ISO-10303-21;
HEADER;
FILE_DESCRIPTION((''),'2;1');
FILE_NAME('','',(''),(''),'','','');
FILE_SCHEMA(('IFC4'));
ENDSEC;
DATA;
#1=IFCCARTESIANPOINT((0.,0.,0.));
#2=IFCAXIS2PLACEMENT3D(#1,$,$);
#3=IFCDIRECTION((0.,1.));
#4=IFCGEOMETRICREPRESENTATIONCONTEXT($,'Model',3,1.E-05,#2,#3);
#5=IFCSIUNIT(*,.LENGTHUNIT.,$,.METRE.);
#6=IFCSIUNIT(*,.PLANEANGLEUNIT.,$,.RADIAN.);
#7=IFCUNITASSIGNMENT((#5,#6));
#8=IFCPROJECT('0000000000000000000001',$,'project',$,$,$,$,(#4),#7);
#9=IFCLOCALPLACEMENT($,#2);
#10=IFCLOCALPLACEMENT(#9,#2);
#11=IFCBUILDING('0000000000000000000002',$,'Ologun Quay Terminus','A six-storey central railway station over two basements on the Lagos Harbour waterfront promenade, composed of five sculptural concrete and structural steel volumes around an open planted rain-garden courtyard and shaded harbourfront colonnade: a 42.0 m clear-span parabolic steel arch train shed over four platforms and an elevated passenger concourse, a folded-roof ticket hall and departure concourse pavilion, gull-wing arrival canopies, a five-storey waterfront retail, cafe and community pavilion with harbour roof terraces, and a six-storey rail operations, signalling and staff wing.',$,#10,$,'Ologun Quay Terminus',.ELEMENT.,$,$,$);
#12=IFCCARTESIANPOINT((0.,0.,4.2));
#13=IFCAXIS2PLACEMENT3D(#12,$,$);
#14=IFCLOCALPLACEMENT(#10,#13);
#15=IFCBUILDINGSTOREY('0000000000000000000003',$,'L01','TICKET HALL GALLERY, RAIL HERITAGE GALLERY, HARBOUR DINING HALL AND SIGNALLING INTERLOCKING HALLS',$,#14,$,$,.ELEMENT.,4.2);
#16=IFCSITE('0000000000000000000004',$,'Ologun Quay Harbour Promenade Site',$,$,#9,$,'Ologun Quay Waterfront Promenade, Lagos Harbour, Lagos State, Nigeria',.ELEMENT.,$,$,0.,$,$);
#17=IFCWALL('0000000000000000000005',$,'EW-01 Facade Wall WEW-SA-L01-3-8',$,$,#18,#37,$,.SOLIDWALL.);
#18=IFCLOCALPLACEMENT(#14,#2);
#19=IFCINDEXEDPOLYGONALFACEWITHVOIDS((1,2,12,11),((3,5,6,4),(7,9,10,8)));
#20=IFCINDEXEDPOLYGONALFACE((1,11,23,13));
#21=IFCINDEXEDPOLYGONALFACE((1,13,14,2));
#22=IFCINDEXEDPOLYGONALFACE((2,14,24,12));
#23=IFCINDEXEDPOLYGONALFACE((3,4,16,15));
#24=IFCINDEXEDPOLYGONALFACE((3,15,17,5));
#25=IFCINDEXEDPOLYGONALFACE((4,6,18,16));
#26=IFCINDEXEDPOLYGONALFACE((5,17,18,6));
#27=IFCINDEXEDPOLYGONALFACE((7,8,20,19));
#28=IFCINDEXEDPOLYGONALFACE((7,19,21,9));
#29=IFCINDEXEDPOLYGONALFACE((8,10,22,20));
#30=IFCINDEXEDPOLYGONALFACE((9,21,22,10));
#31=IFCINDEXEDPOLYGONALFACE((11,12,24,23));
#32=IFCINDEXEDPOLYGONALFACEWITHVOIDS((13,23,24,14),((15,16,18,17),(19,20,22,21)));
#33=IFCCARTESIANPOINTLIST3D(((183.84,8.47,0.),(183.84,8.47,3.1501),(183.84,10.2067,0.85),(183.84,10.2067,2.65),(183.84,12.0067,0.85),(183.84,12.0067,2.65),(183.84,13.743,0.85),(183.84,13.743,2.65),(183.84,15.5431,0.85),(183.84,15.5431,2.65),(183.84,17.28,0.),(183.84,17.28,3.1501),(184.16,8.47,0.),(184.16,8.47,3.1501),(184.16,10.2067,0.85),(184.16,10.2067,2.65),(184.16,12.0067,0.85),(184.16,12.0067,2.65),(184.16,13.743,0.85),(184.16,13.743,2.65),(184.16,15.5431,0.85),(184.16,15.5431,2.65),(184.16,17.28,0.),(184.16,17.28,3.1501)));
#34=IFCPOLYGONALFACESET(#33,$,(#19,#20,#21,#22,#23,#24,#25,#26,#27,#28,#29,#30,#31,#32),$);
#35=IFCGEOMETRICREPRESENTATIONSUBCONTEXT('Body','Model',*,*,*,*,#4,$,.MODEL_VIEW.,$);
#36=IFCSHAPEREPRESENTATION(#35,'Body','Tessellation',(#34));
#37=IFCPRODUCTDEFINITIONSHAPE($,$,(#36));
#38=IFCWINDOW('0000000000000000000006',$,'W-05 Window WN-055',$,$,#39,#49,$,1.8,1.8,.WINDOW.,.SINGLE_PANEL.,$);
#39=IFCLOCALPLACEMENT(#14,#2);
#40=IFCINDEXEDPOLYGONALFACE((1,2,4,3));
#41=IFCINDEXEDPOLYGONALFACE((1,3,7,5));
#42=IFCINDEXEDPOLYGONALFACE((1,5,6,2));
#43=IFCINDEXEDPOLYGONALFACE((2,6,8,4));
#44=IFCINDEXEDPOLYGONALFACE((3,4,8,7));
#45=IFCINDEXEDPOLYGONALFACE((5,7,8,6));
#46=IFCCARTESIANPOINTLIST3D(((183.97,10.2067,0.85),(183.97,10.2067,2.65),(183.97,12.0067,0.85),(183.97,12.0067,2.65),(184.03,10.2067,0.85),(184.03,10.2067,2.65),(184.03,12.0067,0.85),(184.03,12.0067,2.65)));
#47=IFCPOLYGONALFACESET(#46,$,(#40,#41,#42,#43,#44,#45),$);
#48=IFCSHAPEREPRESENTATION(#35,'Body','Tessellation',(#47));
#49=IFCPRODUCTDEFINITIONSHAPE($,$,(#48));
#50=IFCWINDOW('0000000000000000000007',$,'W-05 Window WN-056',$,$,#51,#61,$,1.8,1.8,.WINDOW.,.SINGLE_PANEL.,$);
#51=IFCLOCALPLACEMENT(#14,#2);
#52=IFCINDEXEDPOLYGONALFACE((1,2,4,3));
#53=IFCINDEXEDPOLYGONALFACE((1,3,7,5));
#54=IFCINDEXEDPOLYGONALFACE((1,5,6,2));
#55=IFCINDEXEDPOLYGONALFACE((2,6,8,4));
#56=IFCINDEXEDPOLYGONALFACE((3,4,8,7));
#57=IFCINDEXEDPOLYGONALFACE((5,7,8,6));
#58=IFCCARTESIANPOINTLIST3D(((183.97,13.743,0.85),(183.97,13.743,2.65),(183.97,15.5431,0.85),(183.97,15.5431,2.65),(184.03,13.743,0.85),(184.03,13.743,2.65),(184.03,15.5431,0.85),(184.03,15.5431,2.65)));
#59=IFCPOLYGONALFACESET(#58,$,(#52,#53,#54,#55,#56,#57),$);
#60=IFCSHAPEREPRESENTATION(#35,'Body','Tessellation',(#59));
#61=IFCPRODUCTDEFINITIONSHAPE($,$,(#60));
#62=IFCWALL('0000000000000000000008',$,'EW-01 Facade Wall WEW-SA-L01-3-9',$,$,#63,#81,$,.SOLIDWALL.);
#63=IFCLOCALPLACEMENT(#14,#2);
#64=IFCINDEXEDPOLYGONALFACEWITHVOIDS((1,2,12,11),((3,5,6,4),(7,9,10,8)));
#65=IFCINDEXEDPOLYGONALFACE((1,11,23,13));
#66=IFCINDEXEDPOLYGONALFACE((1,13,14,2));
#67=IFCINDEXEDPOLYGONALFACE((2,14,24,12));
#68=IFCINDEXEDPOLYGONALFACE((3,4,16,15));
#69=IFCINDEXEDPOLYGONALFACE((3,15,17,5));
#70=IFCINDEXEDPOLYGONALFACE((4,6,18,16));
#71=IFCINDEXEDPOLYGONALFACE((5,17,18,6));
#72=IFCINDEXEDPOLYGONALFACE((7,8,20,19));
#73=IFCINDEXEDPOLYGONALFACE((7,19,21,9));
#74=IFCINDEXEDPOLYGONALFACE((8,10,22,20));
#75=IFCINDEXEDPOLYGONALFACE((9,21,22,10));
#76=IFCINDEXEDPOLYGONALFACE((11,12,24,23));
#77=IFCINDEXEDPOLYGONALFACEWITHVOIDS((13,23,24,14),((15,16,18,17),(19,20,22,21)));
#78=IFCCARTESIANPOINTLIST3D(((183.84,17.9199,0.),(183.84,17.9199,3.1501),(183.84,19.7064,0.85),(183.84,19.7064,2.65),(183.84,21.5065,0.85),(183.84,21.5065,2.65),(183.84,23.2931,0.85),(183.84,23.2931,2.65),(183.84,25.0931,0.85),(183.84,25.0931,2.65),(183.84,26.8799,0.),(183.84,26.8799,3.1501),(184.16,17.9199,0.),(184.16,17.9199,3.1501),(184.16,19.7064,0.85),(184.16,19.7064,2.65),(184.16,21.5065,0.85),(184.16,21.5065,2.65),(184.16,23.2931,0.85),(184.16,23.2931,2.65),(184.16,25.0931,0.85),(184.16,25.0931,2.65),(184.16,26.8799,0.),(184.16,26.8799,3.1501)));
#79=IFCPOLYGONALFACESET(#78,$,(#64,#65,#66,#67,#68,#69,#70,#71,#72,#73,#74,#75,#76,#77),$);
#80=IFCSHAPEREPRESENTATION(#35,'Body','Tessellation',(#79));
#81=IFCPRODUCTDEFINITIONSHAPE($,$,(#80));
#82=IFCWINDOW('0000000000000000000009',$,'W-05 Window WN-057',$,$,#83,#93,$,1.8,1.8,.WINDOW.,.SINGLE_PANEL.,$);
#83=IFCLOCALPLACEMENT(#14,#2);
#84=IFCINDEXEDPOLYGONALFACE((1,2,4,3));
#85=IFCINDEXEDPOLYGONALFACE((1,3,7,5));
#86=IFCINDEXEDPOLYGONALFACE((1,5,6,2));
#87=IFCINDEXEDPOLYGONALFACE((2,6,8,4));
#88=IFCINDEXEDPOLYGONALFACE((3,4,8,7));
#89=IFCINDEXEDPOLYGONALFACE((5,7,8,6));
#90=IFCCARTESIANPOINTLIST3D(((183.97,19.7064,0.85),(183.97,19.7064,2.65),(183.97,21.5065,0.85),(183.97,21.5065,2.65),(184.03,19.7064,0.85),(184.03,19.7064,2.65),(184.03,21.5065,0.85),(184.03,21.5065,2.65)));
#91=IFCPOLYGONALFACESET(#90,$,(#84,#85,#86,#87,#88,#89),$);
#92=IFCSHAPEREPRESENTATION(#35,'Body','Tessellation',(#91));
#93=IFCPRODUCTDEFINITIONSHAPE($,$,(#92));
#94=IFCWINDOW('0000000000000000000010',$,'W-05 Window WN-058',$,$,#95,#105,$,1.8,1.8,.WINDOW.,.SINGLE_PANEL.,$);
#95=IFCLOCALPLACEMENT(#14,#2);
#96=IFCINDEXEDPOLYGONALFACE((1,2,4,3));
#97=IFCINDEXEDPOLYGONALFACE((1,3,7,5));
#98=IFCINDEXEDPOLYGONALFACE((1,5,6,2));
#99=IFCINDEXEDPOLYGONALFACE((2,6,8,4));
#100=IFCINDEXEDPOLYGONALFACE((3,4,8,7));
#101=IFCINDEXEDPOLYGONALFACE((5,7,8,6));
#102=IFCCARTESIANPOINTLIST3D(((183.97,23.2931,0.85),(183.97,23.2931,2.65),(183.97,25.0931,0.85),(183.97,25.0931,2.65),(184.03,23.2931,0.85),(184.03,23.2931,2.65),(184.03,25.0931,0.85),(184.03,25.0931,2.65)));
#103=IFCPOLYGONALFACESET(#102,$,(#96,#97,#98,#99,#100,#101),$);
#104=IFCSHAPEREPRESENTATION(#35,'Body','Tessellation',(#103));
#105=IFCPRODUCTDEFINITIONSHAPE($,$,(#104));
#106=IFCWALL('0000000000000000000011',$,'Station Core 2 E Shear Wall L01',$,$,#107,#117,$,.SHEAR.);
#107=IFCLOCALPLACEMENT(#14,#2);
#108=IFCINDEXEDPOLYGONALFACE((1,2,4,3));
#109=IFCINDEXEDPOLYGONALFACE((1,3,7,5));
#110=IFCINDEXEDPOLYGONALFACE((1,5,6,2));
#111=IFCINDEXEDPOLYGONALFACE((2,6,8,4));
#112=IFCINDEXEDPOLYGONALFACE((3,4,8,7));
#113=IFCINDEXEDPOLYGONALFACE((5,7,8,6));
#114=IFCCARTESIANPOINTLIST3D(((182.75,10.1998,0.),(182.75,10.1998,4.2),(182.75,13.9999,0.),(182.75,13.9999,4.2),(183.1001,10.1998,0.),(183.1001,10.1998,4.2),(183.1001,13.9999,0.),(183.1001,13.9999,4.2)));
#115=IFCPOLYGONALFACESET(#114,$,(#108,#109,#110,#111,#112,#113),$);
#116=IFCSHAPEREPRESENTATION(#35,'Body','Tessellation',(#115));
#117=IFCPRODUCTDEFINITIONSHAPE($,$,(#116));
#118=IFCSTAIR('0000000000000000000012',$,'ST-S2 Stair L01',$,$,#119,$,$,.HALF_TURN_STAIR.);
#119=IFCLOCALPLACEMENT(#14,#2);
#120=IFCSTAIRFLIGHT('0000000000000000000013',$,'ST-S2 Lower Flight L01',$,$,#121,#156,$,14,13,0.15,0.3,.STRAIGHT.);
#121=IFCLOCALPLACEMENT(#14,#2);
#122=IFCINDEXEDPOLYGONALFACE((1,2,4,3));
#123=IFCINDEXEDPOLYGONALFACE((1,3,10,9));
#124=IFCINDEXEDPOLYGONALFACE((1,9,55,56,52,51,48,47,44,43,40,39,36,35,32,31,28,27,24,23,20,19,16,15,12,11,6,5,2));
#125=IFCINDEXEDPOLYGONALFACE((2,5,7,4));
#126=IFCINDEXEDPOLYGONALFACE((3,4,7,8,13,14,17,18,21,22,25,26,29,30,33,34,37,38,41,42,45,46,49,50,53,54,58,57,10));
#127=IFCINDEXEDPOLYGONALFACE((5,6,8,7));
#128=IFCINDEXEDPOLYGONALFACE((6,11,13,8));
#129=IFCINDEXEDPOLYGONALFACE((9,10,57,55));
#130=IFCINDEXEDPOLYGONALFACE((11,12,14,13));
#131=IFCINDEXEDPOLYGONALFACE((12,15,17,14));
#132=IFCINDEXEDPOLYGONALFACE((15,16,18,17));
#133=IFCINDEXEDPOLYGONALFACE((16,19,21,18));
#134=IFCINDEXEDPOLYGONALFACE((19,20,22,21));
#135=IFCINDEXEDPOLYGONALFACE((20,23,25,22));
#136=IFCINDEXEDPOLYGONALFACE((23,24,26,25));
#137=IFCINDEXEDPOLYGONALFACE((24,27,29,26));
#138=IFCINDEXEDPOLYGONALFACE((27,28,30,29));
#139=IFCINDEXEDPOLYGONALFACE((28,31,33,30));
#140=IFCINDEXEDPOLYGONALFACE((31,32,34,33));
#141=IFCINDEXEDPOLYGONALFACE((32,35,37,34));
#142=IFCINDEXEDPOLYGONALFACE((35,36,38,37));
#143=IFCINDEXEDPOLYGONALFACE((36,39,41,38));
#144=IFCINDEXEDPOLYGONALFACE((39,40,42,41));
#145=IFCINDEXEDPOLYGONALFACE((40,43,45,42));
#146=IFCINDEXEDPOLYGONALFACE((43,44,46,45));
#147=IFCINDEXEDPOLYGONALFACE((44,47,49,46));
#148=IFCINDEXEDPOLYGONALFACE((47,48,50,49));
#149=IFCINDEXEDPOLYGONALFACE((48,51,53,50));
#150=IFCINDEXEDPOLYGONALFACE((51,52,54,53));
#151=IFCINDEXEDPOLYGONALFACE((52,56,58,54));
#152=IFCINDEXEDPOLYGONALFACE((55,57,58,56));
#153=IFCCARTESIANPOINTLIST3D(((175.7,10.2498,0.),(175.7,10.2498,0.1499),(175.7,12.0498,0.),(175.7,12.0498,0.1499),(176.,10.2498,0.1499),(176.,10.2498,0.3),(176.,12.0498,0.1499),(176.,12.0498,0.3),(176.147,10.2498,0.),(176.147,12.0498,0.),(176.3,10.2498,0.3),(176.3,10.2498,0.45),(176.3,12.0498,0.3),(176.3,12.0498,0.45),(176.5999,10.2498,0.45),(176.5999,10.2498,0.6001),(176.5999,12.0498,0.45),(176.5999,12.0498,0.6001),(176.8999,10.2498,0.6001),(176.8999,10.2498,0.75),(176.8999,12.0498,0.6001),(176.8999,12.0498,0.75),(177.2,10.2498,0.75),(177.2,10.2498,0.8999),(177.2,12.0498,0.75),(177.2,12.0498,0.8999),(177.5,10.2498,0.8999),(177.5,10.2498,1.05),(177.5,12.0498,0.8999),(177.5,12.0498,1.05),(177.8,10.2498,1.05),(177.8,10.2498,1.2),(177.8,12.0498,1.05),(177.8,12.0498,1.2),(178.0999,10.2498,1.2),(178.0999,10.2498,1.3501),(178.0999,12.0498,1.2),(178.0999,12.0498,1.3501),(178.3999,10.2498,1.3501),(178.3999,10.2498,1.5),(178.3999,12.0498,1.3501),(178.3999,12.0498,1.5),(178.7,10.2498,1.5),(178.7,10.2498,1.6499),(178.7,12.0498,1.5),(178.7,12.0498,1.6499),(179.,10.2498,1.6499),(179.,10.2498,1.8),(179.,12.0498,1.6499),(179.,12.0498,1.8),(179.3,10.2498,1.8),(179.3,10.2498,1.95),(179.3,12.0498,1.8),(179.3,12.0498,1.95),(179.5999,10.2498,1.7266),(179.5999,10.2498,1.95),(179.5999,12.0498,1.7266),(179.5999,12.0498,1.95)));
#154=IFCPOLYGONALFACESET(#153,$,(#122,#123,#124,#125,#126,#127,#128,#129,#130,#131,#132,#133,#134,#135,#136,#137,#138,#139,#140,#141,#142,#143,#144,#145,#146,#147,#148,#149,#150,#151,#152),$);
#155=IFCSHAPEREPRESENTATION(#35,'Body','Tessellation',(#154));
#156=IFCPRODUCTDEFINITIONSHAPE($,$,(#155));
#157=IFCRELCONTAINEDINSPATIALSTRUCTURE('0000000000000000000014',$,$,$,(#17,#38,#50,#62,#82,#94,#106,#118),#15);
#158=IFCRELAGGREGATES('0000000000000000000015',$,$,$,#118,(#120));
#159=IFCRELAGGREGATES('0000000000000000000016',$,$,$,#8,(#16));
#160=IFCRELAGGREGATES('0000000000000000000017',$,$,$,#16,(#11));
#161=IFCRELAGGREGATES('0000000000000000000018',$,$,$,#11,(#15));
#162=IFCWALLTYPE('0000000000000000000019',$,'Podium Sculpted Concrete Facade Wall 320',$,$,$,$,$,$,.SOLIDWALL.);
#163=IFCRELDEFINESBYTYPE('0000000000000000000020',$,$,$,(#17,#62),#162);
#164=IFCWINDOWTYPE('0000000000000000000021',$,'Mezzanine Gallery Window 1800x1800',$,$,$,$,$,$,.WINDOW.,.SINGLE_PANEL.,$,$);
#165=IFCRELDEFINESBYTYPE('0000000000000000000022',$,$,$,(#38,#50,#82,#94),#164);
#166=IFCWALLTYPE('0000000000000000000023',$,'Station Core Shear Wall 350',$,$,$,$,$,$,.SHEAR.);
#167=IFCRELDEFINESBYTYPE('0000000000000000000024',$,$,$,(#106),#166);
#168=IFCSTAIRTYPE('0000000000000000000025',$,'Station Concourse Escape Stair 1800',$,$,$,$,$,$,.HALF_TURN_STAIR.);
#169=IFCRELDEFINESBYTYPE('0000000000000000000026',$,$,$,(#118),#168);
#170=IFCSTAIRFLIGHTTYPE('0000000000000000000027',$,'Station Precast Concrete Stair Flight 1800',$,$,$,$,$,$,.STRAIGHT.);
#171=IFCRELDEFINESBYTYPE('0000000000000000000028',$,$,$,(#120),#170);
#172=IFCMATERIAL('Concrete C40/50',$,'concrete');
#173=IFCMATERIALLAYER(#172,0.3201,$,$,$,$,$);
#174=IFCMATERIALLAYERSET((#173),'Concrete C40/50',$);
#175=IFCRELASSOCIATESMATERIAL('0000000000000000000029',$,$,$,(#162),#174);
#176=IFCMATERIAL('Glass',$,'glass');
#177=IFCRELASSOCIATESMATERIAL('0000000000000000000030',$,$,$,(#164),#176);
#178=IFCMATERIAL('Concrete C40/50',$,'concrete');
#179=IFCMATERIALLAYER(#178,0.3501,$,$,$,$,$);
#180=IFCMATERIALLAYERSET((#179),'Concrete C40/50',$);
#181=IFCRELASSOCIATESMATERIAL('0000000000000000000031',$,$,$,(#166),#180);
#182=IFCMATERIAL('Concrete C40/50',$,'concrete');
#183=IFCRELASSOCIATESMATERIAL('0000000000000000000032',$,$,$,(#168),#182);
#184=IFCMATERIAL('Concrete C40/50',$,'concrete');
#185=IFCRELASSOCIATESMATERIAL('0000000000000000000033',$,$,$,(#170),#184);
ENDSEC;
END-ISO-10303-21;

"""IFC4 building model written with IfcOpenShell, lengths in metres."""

from ifc_helpers import new_model, si_unit, direction, frame, frame_2d, origin, place, context, subcontext, project, spatial, polyline, rectangle, outline, extrude, material, layer, layer_set, type_object, element, fill, aggregate, save


model = new_model("IFC4")

# Units and contexts
model_context = context("Model", 3, precision=1e-05, world=origin(), true_north=direction((0.0, 1.0)))
body_context = subcontext(model_context, "Body", "Model", "MODEL_VIEW")
ifc_project = project(units=[si_unit("LENGTHUNIT", "METRE"), si_unit("PLANEANGLEUNIT", "RADIAN")], contexts=[model_context])

# Site, building, storey
site_placement = place(None, origin())
site = spatial("IfcSite", under=ifc_project, at=site_placement, Name="Ologun Quay Harbour Promenade Site", LongName="Ologun Quay Waterfront Promenade, Lagos Harbour, Lagos State, Nigeria", CompositionType="ELEMENT", RefElevation=0.0)
building_placement = place(site_placement, origin())
building = spatial("IfcBuilding", under=site, at=building_placement, Name="Ologun Quay Terminus", Description="A six-storey central railway station over two basements on the Lagos Harbour waterfront promenade, composed of five sculptural concrete and structural steel volumes around an open planted rain-garden courtyard and shaded harbourfront colonnade: a 42.0 m clear-span parabolic steel arch train shed over four platforms and an elevated passenger concourse, a folded-roof ticket hall and departure concourse pavilion, gull-wing arrival canopies, a five-storey waterfront retail, cafe and community pavilion with harbour roof terraces, and a six-storey rail operations, signalling and staff wing.", LongName="Ologun Quay Terminus", CompositionType="ELEMENT")
storey_placement = place(building_placement, frame((0.0, 0.0, 4.2)))
storey = spatial("IfcBuildingStorey", under=building, at=storey_placement, Name="L01", Description="TICKET HALL GALLERY, RAIL HERITAGE GALLERY, HARBOUR DINING HALL AND SIGNALLING INTERLOCKING HALLS", CompositionType="ELEMENT", Elevation=4.2)

# Walls, openings, windows
ifc_material_1 = material(Name="Concrete C40/50", Category="concrete")
ifc_layer_1 = layer(ifc_material_1, 0.3201)
ifc_layer_set_1 = layer_set([ifc_layer_1], Name="Concrete C40/50")
wall_type_1 = type_object("IfcWallType", Name="Podium Sculpted Concrete Facade Wall 320", PredefinedType="SOLIDWALL", material=ifc_layer_set_1)
wall_1_placement = place(storey_placement, frame((184.0, 8.47, 0.0), z_axis=(0.0, 0.0, 1.0), x_axis=(0.0, 1.0, 0.0)))
wall_1 = element("IfcWall", 1, at=wall_1_placement, inside=storey, type_object=wall_type_1, Name="EW-01 Facade Wall WEW-SA-L01-3-8", PredefinedType="SOLIDWALL", context=body_context, shape_type="SweptSolid", body=[
    extrude(rectangle(XDim=8.8101, YDim=0.3201, at=frame_2d((4.405, 0.0))), origin(), (0.0, 0.0, 1.0), 3.1501),
])
opening_1_placement = place(wall_1_placement, frame((1.7368, 0.0, 0.8501)))
opening_1 = element("IfcOpeningElement", 2, at=opening_1_placement, cuts=wall_1, PredefinedType="OPENING", context=body_context, shape_type="SweptSolid", body=[
    extrude(rectangle(XDim=1.8, YDim=1.8, at=frame_2d((0.8999, 0.8999))), frame((0.0, 0.1699, 0.0), z_axis=(0.0, -1.0, 0.0), x_axis=(1.0, 0.0, 0.0)), (0.0, 0.0, 1.0), 0.3401),
])
opening_2_placement = place(wall_1_placement, frame((5.2732, 0.0, 0.8501)))
opening_2 = element("IfcOpeningElement", 3, at=opening_2_placement, cuts=wall_1, PredefinedType="OPENING", context=body_context, shape_type="SweptSolid", body=[
    extrude(rectangle(XDim=1.8, YDim=1.8, at=frame_2d((0.8999, 0.8999))), frame((0.0, 0.1699, 0.0), z_axis=(0.0, -1.0, 0.0), x_axis=(1.0, 0.0, 0.0)), (0.0, 0.0, 1.0), 0.3401),
])
ifc_material_2 = material(Name="Glass", Category="glass")
window_type = type_object("IfcWindowType", Name="Mezzanine Gallery Window 1800x1800", PartitioningType="SINGLE_PANEL", PredefinedType="WINDOW", material=ifc_material_2)
window_1_placement = place(opening_1_placement, origin())
window_1 = element("IfcWindow", 4, at=window_1_placement, inside=storey, type_object=window_type, Name="W-05 Window WN-055", OverallHeight=1.8, OverallWidth=1.8, PartitioningType="SINGLE_PANEL", PredefinedType="WINDOW", context=body_context, shape_type="SweptSolid", body=[
    extrude(rectangle(XDim=1.8, YDim=1.8, at=frame_2d((0.8999, 0.8999))), frame((0.0, 0.03, 0.0), z_axis=(0.0, -1.0, 0.0), x_axis=(1.0, 0.0, 0.0)), (0.0, 0.0, 1.0), 0.0601),
])
fill(opening_1, window_1)
window_2_placement = place(opening_2_placement, origin())
window_2 = element("IfcWindow", 5, at=window_2_placement, inside=storey, type_object=window_type, Name="W-05 Window WN-056", OverallHeight=1.8, OverallWidth=1.8, PartitioningType="SINGLE_PANEL", PredefinedType="WINDOW", context=body_context, shape_type="SweptSolid", body=[
    extrude(rectangle(XDim=1.8, YDim=1.8, at=frame_2d((0.8999, 0.8999))), frame((0.0, 0.03, 0.0), z_axis=(0.0, -1.0, 0.0), x_axis=(1.0, 0.0, 0.0)), (0.0, 0.0, 1.0), 0.0601),
])
fill(opening_2, window_2)
wall_2_placement = place(storey_placement, frame((184.0, 17.9199, 0.0), z_axis=(0.0, 0.0, 1.0), x_axis=(0.0, 1.0, 0.0)))
wall_2 = element("IfcWall", 6, at=wall_2_placement, inside=storey, type_object=wall_type_1, Name="EW-01 Facade Wall WEW-SA-L01-3-9", PredefinedType="SOLIDWALL", context=body_context, shape_type="SweptSolid", body=[
    extrude(rectangle(XDim=8.96, YDim=0.3201, at=frame_2d((4.48, 0.0))), origin(), (0.0, 0.0, 1.0), 3.1501),
])
opening_3_placement = place(wall_2_placement, frame((1.7866, 0.0, 0.8501)))
opening_3 = element("IfcOpeningElement", 7, at=opening_3_placement, cuts=wall_2, PredefinedType="OPENING", context=body_context, shape_type="SweptSolid", body=[
    extrude(rectangle(XDim=1.8, YDim=1.8, at=frame_2d((0.8999, 0.8999))), frame((0.0, 0.1699, 0.0), z_axis=(0.0, -1.0, 0.0), x_axis=(1.0, 0.0, 0.0)), (0.0, 0.0, 1.0), 0.3401),
])
opening_4_placement = place(wall_2_placement, frame((5.3733, 0.0, 0.8501)))
opening_4 = element("IfcOpeningElement", 8, at=opening_4_placement, cuts=wall_2, PredefinedType="OPENING", context=body_context, shape_type="SweptSolid", body=[
    extrude(rectangle(XDim=1.8, YDim=1.8, at=frame_2d((0.8999, 0.8999))), frame((0.0, 0.1699, 0.0), z_axis=(0.0, -1.0, 0.0), x_axis=(1.0, 0.0, 0.0)), (0.0, 0.0, 1.0), 0.3401),
])
window_3_placement = place(opening_3_placement, origin())
window_3 = element("IfcWindow", 9, at=window_3_placement, inside=storey, type_object=window_type, Name="W-05 Window WN-057", OverallHeight=1.8, OverallWidth=1.8, PartitioningType="SINGLE_PANEL", PredefinedType="WINDOW", context=body_context, shape_type="SweptSolid", body=[
    extrude(rectangle(XDim=1.8, YDim=1.8, at=frame_2d((0.8999, 0.8999))), frame((0.0, 0.03, 0.0), z_axis=(0.0, -1.0, 0.0), x_axis=(1.0, 0.0, 0.0)), (0.0, 0.0, 1.0), 0.0601),
])
fill(opening_3, window_3)
window_4_placement = place(opening_4_placement, origin())
window_4 = element("IfcWindow", 10, at=window_4_placement, inside=storey, type_object=window_type, Name="W-05 Window WN-058", OverallHeight=1.8, OverallWidth=1.8, PartitioningType="SINGLE_PANEL", PredefinedType="WINDOW", context=body_context, shape_type="SweptSolid", body=[
    extrude(rectangle(XDim=1.8, YDim=1.8, at=frame_2d((0.8999, 0.8999))), frame((0.0, 0.03, 0.0), z_axis=(0.0, -1.0, 0.0), x_axis=(1.0, 0.0, 0.0)), (0.0, 0.0, 1.0), 0.0601),
])
fill(opening_4, window_4)

# Wall
ifc_material_3 = material(Name="Concrete C40/50", Category="concrete")
ifc_layer_2 = layer(ifc_material_3, 0.3501)
ifc_layer_set_2 = layer_set([ifc_layer_2], Name="Concrete C40/50")
wall_type_2 = type_object("IfcWallType", Name="Station Core Shear Wall 350", PredefinedType="SHEAR", material=ifc_layer_set_2)
wall_3_placement = place(storey_placement, frame((182.925, 10.2, 0.0), z_axis=(0.0, 0.0, 1.0), x_axis=(0.0, 1.0, 0.0)))
element("IfcWall", 11, at=wall_3_placement, inside=storey, type_object=wall_type_2, Name="Station Core 2 E Shear Wall L01", PredefinedType="SHEAR", context=body_context, shape_type="SweptSolid", body=[
    extrude(rectangle(XDim=3.8, YDim=0.3501, at=frame_2d((1.8999, 0.0))), origin(), (0.0, 0.0, 1.0), 4.2),
])

# Stair, stair flight
ifc_material_4 = material(Name="Concrete C40/50", Category="concrete")
stair_type = type_object("IfcStairType", Name="Station Concourse Escape Stair 1800", PredefinedType="HALF_TURN_STAIR", material=ifc_material_4)
stair_placement = place(storey_placement, origin())
stair = element("IfcStair", 12, at=stair_placement, inside=storey, type_object=stair_type, Name="ST-S2 Stair L01", PredefinedType="HALF_TURN_STAIR")
ifc_material_5 = material(Name="Concrete C40/50", Category="concrete")
stair_flight_type = type_object("IfcStairFlightType", Name="Station Precast Concrete Stair Flight 1800", PredefinedType="STRAIGHT", material=ifc_material_5)
stair_flight_1_placement = place(storey_placement, frame((175.7, 11.1499, 0.0), z_axis=(0.0, 0.0, 1.0), x_axis=(1.0, 0.0, 0.0)))
stair_flight_1 = element("IfcStairFlight", 13, at=stair_flight_1_placement, type_object=stair_flight_type, Name="ST-S2 Lower Flight L01", NumberOfRisers=14, NumberOfTreads=13, PredefinedType="STRAIGHT", RiserHeight=0.15, TreadLength=0.3, context=body_context, shape_type="SweptSolid", body=[
    extrude(outline(polyline([(0.0, 0.0), (0.0, 0.1499), (0.3, 0.1499), (0.3, 0.3), (0.6001, 0.3), (0.6001, 0.45), (0.8999, 0.45), (0.8999, 0.6001), (1.2, 0.6001), (1.2, 0.75), (1.5, 0.75), (1.5, 0.8999), (1.8, 0.8999), (1.8, 1.05), (2.1001, 1.05), (2.1001, 1.2), (2.3999, 1.2), (2.3999, 1.3501), (2.7, 1.3501), (2.7, 1.5), (3.0, 1.5), (3.0, 1.6499), (3.3, 1.6499), (3.3, 1.8), (3.6001, 1.8), (3.6001, 1.95), (3.8999, 1.95), (3.8999, 2.1001), (3.8999, 1.7266), (0.447, 0.0), (0.0, 0.0)])), frame((0.0, 0.8999, 0.0), z_axis=(0.0, -1.0, 0.0), x_axis=(1.0, 0.0, 0.0)), (0.0, 0.0, 1.0), 1.8),
])
aggregate(stair, [stair_flight_1])

save(model, "model.ifc")
